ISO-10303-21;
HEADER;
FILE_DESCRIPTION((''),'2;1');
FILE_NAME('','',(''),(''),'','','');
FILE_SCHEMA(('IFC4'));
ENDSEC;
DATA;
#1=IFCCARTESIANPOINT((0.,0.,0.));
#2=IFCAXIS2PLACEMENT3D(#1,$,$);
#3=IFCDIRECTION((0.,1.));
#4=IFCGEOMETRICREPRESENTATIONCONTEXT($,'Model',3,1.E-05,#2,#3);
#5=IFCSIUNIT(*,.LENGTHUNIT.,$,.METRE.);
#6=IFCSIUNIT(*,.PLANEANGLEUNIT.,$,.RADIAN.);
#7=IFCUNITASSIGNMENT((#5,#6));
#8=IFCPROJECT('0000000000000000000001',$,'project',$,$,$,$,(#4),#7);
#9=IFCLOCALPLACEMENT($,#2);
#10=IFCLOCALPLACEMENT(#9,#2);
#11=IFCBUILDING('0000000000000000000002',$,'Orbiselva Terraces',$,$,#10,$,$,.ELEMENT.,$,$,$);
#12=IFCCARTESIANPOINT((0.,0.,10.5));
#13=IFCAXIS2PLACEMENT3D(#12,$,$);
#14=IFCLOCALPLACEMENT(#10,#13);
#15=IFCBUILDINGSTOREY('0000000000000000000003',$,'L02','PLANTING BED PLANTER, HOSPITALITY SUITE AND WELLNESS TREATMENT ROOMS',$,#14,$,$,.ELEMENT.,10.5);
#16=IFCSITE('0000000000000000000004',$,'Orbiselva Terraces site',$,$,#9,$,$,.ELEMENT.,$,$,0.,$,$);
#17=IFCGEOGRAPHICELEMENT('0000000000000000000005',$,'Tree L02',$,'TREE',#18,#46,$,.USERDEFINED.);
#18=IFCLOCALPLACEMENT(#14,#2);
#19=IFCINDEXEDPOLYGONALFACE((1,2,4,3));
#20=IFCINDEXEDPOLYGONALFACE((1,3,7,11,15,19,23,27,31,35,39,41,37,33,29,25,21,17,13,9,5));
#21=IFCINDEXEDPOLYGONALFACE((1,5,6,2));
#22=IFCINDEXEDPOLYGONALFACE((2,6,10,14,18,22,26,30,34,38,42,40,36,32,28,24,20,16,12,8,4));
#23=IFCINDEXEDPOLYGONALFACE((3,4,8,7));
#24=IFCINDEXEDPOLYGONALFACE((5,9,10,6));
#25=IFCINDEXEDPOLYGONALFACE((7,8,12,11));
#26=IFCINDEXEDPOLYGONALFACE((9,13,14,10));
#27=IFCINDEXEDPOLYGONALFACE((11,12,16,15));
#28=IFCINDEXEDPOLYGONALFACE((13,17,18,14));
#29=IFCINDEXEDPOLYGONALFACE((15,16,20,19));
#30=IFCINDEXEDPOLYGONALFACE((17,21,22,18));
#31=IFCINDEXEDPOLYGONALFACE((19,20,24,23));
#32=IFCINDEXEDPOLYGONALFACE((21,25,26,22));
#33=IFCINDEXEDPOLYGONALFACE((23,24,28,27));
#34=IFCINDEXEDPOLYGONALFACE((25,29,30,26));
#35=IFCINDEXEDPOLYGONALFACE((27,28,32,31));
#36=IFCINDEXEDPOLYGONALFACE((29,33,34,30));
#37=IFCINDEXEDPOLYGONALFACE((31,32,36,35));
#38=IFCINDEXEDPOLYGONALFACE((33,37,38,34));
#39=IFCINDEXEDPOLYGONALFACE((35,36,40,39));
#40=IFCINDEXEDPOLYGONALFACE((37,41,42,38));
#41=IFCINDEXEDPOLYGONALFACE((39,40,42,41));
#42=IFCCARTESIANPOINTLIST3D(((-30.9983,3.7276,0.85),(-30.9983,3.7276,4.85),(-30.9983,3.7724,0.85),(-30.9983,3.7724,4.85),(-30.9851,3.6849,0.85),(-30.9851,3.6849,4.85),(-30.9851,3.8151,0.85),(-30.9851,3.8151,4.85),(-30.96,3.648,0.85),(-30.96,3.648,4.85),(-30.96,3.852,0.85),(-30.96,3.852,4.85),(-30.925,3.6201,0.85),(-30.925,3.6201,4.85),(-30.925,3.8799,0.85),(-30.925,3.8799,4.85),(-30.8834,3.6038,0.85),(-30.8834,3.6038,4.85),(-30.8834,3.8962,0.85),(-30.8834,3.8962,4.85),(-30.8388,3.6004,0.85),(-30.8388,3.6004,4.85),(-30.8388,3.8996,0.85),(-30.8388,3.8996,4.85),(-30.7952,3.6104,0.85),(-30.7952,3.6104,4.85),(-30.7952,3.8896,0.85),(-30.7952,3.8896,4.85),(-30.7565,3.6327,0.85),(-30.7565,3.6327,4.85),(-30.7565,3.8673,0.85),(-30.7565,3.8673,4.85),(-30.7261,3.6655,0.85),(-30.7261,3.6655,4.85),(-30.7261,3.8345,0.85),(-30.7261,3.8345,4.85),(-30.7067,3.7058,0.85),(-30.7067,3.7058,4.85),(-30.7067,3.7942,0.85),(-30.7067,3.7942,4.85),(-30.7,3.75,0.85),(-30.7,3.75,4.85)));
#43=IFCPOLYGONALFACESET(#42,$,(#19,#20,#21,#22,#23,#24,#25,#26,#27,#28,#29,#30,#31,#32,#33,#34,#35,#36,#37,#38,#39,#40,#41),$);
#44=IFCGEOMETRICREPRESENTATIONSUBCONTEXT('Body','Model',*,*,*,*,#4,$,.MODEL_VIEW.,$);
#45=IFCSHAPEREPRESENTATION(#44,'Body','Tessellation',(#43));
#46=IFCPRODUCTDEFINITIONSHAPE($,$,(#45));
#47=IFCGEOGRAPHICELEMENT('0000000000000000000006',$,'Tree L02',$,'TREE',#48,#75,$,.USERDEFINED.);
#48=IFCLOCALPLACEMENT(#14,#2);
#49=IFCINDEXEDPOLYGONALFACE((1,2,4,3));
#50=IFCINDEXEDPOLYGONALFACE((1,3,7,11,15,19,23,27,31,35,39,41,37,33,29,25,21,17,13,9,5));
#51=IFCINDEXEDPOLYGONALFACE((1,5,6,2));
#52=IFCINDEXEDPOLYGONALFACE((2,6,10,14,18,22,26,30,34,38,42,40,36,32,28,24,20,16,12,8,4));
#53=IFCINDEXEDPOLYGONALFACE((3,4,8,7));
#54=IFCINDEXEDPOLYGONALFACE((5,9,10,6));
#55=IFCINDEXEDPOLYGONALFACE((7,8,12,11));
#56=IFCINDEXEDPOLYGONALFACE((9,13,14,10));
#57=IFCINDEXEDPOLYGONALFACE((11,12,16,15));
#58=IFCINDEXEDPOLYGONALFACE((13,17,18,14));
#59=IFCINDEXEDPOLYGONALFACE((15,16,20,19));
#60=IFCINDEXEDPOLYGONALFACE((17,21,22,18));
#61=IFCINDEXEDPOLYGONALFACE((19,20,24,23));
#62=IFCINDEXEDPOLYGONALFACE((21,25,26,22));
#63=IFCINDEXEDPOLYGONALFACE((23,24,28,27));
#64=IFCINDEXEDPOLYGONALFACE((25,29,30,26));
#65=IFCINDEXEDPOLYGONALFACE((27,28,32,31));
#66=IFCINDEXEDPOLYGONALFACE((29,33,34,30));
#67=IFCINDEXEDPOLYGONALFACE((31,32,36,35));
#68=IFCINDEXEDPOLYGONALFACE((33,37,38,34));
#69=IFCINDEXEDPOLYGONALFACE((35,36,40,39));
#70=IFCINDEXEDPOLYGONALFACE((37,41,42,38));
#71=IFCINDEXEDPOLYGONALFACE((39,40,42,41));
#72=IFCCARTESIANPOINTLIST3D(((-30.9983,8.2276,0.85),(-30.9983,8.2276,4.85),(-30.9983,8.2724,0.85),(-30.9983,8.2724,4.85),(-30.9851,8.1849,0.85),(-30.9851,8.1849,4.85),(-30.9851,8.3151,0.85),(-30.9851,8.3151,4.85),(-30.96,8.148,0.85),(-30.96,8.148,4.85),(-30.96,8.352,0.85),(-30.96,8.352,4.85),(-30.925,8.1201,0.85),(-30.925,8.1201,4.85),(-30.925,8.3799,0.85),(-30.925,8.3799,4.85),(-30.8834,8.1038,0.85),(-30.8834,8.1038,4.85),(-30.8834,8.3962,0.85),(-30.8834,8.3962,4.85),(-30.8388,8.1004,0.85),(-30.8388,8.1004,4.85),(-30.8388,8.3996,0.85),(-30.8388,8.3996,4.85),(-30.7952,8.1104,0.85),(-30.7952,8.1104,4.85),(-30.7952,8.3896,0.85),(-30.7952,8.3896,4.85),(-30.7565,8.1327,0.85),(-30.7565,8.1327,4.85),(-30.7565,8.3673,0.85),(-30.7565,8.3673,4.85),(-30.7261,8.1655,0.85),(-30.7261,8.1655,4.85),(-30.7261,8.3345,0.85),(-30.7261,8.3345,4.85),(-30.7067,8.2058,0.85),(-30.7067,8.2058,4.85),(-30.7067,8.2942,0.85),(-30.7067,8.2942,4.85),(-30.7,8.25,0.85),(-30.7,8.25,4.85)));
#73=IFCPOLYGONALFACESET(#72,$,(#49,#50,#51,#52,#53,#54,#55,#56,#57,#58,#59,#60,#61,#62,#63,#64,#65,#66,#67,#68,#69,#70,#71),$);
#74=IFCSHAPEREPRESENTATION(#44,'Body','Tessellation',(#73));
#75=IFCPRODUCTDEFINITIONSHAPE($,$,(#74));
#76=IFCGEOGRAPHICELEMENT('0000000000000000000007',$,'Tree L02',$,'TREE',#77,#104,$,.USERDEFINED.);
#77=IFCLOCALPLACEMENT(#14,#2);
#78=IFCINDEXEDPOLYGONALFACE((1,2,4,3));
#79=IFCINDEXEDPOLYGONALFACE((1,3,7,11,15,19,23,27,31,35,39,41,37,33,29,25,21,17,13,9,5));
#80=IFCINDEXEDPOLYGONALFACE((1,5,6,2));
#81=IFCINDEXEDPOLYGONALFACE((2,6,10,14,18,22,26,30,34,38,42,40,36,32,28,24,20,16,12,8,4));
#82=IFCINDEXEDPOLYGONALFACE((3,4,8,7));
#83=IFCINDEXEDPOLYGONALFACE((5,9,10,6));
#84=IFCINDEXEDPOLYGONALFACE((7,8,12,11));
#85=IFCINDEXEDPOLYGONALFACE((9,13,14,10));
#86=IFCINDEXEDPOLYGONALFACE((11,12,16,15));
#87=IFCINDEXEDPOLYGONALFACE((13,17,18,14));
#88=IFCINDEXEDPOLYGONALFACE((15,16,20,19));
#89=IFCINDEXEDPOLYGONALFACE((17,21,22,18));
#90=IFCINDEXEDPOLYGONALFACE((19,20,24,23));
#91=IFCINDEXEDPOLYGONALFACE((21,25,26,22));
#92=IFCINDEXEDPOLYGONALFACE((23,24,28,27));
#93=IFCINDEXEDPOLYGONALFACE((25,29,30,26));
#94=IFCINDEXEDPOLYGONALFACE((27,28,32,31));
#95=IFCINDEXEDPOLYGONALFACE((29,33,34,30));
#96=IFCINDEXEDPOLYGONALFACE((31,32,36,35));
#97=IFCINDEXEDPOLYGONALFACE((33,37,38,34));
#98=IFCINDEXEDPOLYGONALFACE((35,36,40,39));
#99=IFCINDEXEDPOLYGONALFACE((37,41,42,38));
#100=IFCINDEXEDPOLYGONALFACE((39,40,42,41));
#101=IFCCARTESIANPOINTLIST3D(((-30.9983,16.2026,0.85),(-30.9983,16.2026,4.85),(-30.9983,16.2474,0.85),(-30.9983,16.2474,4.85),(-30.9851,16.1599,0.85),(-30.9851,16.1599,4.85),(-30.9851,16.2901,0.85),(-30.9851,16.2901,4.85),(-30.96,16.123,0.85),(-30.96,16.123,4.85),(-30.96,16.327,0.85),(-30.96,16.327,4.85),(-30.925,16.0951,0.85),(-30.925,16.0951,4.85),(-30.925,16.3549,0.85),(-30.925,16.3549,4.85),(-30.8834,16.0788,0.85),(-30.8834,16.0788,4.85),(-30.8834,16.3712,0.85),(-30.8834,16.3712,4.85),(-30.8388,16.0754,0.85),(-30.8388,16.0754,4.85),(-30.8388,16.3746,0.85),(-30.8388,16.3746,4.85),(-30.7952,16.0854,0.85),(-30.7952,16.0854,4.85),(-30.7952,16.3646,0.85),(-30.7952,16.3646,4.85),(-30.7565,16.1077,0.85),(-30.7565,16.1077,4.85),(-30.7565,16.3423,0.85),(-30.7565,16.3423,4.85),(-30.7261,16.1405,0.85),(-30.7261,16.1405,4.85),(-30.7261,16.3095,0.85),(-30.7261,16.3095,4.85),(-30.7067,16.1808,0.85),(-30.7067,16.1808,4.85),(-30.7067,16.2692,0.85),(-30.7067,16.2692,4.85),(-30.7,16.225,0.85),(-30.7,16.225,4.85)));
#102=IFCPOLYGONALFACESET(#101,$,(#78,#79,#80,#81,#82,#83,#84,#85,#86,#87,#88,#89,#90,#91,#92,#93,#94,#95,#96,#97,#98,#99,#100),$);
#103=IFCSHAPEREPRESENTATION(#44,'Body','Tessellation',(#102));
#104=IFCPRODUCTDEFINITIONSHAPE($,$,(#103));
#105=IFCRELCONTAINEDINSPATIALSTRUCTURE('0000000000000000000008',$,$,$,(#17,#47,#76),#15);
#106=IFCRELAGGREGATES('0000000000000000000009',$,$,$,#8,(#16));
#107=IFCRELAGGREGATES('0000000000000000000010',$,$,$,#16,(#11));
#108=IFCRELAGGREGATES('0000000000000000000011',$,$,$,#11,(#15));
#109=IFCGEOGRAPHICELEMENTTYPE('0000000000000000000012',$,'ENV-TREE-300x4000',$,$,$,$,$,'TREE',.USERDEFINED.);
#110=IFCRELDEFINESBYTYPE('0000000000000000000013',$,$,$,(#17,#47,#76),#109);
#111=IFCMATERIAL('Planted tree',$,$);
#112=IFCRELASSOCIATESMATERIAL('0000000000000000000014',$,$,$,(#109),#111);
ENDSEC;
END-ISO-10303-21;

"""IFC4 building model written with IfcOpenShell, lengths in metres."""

from ifc_helpers import new_model, si_unit, direction, frame, origin, origin_2d, place, context, subcontext, project, spatial, circle, extrude, material, type_object, element, save


model = new_model("IFC4")

# Units and contexts
model_context = context("Model", 3, precision=1e-05, world=origin(), true_north=direction((0.0, 1.0)))
body_context = subcontext(model_context, "Body", "Model", "MODEL_VIEW")
ifc_project = project(units=[si_unit("LENGTHUNIT", "METRE"), si_unit("PLANEANGLEUNIT", "RADIAN")], contexts=[model_context])

# Site, building, storey
site_placement = place(None, origin())
site = spatial("IfcSite", under=ifc_project, at=site_placement, Name="Orbiselva Terraces site", CompositionType="ELEMENT", RefElevation=0.0)
building_placement = place(site_placement, origin())
building = spatial("IfcBuilding", under=site, at=building_placement, Name="Orbiselva Terraces", CompositionType="ELEMENT")
storey_placement = place(building_placement, frame((0.0, 0.0, 10.5)))
storey = spatial("IfcBuildingStorey", under=building, at=storey_placement, Name="L02", Description="PLANTING BED PLANTER, HOSPITALITY SUITE AND WELLNESS TREATMENT ROOMS", CompositionType="ELEMENT", Elevation=10.5)

# Geographic elements
ifc_material_1 = material(Name="Planted tree")
geographic_element_type = type_object("IfcGeographicElementType", Name="ENV-TREE-300x4000", ElementType="TREE", PredefinedType="USERDEFINED", material=ifc_material_1)
for number, where, z_axis, x_axis, name in (
    (1, (-30.85, 3.75, 4.85), (0.0, 0.0, -1.0), (1.0, 0.0, 0.0), "Tree L02"),
    (2, (-30.85, 8.25, 4.85), (0.0, 0.0, -1.0), (1.0, 0.0, 0.0), "Tree L02"),
    (3, (-30.85, 16.225, 4.85), (0.0, 0.0, -1.0), (1.0, 0.0, 0.0), "Tree L02"),
):
    element("IfcGeographicElement", number, at=place(storey_placement, frame(where, z_axis=z_axis, x_axis=x_axis)), inside=storey, type_object=geographic_element_type, Name=name, ObjectType="TREE", PredefinedType="USERDEFINED", context=body_context, shape_type="SweptSolid", body=[
        extrude(circle(Radius=0.15, at=origin_2d()), origin(), (0.0, 0.0, 1.0), 4.0),
    ])

save(model, "model.ifc")
